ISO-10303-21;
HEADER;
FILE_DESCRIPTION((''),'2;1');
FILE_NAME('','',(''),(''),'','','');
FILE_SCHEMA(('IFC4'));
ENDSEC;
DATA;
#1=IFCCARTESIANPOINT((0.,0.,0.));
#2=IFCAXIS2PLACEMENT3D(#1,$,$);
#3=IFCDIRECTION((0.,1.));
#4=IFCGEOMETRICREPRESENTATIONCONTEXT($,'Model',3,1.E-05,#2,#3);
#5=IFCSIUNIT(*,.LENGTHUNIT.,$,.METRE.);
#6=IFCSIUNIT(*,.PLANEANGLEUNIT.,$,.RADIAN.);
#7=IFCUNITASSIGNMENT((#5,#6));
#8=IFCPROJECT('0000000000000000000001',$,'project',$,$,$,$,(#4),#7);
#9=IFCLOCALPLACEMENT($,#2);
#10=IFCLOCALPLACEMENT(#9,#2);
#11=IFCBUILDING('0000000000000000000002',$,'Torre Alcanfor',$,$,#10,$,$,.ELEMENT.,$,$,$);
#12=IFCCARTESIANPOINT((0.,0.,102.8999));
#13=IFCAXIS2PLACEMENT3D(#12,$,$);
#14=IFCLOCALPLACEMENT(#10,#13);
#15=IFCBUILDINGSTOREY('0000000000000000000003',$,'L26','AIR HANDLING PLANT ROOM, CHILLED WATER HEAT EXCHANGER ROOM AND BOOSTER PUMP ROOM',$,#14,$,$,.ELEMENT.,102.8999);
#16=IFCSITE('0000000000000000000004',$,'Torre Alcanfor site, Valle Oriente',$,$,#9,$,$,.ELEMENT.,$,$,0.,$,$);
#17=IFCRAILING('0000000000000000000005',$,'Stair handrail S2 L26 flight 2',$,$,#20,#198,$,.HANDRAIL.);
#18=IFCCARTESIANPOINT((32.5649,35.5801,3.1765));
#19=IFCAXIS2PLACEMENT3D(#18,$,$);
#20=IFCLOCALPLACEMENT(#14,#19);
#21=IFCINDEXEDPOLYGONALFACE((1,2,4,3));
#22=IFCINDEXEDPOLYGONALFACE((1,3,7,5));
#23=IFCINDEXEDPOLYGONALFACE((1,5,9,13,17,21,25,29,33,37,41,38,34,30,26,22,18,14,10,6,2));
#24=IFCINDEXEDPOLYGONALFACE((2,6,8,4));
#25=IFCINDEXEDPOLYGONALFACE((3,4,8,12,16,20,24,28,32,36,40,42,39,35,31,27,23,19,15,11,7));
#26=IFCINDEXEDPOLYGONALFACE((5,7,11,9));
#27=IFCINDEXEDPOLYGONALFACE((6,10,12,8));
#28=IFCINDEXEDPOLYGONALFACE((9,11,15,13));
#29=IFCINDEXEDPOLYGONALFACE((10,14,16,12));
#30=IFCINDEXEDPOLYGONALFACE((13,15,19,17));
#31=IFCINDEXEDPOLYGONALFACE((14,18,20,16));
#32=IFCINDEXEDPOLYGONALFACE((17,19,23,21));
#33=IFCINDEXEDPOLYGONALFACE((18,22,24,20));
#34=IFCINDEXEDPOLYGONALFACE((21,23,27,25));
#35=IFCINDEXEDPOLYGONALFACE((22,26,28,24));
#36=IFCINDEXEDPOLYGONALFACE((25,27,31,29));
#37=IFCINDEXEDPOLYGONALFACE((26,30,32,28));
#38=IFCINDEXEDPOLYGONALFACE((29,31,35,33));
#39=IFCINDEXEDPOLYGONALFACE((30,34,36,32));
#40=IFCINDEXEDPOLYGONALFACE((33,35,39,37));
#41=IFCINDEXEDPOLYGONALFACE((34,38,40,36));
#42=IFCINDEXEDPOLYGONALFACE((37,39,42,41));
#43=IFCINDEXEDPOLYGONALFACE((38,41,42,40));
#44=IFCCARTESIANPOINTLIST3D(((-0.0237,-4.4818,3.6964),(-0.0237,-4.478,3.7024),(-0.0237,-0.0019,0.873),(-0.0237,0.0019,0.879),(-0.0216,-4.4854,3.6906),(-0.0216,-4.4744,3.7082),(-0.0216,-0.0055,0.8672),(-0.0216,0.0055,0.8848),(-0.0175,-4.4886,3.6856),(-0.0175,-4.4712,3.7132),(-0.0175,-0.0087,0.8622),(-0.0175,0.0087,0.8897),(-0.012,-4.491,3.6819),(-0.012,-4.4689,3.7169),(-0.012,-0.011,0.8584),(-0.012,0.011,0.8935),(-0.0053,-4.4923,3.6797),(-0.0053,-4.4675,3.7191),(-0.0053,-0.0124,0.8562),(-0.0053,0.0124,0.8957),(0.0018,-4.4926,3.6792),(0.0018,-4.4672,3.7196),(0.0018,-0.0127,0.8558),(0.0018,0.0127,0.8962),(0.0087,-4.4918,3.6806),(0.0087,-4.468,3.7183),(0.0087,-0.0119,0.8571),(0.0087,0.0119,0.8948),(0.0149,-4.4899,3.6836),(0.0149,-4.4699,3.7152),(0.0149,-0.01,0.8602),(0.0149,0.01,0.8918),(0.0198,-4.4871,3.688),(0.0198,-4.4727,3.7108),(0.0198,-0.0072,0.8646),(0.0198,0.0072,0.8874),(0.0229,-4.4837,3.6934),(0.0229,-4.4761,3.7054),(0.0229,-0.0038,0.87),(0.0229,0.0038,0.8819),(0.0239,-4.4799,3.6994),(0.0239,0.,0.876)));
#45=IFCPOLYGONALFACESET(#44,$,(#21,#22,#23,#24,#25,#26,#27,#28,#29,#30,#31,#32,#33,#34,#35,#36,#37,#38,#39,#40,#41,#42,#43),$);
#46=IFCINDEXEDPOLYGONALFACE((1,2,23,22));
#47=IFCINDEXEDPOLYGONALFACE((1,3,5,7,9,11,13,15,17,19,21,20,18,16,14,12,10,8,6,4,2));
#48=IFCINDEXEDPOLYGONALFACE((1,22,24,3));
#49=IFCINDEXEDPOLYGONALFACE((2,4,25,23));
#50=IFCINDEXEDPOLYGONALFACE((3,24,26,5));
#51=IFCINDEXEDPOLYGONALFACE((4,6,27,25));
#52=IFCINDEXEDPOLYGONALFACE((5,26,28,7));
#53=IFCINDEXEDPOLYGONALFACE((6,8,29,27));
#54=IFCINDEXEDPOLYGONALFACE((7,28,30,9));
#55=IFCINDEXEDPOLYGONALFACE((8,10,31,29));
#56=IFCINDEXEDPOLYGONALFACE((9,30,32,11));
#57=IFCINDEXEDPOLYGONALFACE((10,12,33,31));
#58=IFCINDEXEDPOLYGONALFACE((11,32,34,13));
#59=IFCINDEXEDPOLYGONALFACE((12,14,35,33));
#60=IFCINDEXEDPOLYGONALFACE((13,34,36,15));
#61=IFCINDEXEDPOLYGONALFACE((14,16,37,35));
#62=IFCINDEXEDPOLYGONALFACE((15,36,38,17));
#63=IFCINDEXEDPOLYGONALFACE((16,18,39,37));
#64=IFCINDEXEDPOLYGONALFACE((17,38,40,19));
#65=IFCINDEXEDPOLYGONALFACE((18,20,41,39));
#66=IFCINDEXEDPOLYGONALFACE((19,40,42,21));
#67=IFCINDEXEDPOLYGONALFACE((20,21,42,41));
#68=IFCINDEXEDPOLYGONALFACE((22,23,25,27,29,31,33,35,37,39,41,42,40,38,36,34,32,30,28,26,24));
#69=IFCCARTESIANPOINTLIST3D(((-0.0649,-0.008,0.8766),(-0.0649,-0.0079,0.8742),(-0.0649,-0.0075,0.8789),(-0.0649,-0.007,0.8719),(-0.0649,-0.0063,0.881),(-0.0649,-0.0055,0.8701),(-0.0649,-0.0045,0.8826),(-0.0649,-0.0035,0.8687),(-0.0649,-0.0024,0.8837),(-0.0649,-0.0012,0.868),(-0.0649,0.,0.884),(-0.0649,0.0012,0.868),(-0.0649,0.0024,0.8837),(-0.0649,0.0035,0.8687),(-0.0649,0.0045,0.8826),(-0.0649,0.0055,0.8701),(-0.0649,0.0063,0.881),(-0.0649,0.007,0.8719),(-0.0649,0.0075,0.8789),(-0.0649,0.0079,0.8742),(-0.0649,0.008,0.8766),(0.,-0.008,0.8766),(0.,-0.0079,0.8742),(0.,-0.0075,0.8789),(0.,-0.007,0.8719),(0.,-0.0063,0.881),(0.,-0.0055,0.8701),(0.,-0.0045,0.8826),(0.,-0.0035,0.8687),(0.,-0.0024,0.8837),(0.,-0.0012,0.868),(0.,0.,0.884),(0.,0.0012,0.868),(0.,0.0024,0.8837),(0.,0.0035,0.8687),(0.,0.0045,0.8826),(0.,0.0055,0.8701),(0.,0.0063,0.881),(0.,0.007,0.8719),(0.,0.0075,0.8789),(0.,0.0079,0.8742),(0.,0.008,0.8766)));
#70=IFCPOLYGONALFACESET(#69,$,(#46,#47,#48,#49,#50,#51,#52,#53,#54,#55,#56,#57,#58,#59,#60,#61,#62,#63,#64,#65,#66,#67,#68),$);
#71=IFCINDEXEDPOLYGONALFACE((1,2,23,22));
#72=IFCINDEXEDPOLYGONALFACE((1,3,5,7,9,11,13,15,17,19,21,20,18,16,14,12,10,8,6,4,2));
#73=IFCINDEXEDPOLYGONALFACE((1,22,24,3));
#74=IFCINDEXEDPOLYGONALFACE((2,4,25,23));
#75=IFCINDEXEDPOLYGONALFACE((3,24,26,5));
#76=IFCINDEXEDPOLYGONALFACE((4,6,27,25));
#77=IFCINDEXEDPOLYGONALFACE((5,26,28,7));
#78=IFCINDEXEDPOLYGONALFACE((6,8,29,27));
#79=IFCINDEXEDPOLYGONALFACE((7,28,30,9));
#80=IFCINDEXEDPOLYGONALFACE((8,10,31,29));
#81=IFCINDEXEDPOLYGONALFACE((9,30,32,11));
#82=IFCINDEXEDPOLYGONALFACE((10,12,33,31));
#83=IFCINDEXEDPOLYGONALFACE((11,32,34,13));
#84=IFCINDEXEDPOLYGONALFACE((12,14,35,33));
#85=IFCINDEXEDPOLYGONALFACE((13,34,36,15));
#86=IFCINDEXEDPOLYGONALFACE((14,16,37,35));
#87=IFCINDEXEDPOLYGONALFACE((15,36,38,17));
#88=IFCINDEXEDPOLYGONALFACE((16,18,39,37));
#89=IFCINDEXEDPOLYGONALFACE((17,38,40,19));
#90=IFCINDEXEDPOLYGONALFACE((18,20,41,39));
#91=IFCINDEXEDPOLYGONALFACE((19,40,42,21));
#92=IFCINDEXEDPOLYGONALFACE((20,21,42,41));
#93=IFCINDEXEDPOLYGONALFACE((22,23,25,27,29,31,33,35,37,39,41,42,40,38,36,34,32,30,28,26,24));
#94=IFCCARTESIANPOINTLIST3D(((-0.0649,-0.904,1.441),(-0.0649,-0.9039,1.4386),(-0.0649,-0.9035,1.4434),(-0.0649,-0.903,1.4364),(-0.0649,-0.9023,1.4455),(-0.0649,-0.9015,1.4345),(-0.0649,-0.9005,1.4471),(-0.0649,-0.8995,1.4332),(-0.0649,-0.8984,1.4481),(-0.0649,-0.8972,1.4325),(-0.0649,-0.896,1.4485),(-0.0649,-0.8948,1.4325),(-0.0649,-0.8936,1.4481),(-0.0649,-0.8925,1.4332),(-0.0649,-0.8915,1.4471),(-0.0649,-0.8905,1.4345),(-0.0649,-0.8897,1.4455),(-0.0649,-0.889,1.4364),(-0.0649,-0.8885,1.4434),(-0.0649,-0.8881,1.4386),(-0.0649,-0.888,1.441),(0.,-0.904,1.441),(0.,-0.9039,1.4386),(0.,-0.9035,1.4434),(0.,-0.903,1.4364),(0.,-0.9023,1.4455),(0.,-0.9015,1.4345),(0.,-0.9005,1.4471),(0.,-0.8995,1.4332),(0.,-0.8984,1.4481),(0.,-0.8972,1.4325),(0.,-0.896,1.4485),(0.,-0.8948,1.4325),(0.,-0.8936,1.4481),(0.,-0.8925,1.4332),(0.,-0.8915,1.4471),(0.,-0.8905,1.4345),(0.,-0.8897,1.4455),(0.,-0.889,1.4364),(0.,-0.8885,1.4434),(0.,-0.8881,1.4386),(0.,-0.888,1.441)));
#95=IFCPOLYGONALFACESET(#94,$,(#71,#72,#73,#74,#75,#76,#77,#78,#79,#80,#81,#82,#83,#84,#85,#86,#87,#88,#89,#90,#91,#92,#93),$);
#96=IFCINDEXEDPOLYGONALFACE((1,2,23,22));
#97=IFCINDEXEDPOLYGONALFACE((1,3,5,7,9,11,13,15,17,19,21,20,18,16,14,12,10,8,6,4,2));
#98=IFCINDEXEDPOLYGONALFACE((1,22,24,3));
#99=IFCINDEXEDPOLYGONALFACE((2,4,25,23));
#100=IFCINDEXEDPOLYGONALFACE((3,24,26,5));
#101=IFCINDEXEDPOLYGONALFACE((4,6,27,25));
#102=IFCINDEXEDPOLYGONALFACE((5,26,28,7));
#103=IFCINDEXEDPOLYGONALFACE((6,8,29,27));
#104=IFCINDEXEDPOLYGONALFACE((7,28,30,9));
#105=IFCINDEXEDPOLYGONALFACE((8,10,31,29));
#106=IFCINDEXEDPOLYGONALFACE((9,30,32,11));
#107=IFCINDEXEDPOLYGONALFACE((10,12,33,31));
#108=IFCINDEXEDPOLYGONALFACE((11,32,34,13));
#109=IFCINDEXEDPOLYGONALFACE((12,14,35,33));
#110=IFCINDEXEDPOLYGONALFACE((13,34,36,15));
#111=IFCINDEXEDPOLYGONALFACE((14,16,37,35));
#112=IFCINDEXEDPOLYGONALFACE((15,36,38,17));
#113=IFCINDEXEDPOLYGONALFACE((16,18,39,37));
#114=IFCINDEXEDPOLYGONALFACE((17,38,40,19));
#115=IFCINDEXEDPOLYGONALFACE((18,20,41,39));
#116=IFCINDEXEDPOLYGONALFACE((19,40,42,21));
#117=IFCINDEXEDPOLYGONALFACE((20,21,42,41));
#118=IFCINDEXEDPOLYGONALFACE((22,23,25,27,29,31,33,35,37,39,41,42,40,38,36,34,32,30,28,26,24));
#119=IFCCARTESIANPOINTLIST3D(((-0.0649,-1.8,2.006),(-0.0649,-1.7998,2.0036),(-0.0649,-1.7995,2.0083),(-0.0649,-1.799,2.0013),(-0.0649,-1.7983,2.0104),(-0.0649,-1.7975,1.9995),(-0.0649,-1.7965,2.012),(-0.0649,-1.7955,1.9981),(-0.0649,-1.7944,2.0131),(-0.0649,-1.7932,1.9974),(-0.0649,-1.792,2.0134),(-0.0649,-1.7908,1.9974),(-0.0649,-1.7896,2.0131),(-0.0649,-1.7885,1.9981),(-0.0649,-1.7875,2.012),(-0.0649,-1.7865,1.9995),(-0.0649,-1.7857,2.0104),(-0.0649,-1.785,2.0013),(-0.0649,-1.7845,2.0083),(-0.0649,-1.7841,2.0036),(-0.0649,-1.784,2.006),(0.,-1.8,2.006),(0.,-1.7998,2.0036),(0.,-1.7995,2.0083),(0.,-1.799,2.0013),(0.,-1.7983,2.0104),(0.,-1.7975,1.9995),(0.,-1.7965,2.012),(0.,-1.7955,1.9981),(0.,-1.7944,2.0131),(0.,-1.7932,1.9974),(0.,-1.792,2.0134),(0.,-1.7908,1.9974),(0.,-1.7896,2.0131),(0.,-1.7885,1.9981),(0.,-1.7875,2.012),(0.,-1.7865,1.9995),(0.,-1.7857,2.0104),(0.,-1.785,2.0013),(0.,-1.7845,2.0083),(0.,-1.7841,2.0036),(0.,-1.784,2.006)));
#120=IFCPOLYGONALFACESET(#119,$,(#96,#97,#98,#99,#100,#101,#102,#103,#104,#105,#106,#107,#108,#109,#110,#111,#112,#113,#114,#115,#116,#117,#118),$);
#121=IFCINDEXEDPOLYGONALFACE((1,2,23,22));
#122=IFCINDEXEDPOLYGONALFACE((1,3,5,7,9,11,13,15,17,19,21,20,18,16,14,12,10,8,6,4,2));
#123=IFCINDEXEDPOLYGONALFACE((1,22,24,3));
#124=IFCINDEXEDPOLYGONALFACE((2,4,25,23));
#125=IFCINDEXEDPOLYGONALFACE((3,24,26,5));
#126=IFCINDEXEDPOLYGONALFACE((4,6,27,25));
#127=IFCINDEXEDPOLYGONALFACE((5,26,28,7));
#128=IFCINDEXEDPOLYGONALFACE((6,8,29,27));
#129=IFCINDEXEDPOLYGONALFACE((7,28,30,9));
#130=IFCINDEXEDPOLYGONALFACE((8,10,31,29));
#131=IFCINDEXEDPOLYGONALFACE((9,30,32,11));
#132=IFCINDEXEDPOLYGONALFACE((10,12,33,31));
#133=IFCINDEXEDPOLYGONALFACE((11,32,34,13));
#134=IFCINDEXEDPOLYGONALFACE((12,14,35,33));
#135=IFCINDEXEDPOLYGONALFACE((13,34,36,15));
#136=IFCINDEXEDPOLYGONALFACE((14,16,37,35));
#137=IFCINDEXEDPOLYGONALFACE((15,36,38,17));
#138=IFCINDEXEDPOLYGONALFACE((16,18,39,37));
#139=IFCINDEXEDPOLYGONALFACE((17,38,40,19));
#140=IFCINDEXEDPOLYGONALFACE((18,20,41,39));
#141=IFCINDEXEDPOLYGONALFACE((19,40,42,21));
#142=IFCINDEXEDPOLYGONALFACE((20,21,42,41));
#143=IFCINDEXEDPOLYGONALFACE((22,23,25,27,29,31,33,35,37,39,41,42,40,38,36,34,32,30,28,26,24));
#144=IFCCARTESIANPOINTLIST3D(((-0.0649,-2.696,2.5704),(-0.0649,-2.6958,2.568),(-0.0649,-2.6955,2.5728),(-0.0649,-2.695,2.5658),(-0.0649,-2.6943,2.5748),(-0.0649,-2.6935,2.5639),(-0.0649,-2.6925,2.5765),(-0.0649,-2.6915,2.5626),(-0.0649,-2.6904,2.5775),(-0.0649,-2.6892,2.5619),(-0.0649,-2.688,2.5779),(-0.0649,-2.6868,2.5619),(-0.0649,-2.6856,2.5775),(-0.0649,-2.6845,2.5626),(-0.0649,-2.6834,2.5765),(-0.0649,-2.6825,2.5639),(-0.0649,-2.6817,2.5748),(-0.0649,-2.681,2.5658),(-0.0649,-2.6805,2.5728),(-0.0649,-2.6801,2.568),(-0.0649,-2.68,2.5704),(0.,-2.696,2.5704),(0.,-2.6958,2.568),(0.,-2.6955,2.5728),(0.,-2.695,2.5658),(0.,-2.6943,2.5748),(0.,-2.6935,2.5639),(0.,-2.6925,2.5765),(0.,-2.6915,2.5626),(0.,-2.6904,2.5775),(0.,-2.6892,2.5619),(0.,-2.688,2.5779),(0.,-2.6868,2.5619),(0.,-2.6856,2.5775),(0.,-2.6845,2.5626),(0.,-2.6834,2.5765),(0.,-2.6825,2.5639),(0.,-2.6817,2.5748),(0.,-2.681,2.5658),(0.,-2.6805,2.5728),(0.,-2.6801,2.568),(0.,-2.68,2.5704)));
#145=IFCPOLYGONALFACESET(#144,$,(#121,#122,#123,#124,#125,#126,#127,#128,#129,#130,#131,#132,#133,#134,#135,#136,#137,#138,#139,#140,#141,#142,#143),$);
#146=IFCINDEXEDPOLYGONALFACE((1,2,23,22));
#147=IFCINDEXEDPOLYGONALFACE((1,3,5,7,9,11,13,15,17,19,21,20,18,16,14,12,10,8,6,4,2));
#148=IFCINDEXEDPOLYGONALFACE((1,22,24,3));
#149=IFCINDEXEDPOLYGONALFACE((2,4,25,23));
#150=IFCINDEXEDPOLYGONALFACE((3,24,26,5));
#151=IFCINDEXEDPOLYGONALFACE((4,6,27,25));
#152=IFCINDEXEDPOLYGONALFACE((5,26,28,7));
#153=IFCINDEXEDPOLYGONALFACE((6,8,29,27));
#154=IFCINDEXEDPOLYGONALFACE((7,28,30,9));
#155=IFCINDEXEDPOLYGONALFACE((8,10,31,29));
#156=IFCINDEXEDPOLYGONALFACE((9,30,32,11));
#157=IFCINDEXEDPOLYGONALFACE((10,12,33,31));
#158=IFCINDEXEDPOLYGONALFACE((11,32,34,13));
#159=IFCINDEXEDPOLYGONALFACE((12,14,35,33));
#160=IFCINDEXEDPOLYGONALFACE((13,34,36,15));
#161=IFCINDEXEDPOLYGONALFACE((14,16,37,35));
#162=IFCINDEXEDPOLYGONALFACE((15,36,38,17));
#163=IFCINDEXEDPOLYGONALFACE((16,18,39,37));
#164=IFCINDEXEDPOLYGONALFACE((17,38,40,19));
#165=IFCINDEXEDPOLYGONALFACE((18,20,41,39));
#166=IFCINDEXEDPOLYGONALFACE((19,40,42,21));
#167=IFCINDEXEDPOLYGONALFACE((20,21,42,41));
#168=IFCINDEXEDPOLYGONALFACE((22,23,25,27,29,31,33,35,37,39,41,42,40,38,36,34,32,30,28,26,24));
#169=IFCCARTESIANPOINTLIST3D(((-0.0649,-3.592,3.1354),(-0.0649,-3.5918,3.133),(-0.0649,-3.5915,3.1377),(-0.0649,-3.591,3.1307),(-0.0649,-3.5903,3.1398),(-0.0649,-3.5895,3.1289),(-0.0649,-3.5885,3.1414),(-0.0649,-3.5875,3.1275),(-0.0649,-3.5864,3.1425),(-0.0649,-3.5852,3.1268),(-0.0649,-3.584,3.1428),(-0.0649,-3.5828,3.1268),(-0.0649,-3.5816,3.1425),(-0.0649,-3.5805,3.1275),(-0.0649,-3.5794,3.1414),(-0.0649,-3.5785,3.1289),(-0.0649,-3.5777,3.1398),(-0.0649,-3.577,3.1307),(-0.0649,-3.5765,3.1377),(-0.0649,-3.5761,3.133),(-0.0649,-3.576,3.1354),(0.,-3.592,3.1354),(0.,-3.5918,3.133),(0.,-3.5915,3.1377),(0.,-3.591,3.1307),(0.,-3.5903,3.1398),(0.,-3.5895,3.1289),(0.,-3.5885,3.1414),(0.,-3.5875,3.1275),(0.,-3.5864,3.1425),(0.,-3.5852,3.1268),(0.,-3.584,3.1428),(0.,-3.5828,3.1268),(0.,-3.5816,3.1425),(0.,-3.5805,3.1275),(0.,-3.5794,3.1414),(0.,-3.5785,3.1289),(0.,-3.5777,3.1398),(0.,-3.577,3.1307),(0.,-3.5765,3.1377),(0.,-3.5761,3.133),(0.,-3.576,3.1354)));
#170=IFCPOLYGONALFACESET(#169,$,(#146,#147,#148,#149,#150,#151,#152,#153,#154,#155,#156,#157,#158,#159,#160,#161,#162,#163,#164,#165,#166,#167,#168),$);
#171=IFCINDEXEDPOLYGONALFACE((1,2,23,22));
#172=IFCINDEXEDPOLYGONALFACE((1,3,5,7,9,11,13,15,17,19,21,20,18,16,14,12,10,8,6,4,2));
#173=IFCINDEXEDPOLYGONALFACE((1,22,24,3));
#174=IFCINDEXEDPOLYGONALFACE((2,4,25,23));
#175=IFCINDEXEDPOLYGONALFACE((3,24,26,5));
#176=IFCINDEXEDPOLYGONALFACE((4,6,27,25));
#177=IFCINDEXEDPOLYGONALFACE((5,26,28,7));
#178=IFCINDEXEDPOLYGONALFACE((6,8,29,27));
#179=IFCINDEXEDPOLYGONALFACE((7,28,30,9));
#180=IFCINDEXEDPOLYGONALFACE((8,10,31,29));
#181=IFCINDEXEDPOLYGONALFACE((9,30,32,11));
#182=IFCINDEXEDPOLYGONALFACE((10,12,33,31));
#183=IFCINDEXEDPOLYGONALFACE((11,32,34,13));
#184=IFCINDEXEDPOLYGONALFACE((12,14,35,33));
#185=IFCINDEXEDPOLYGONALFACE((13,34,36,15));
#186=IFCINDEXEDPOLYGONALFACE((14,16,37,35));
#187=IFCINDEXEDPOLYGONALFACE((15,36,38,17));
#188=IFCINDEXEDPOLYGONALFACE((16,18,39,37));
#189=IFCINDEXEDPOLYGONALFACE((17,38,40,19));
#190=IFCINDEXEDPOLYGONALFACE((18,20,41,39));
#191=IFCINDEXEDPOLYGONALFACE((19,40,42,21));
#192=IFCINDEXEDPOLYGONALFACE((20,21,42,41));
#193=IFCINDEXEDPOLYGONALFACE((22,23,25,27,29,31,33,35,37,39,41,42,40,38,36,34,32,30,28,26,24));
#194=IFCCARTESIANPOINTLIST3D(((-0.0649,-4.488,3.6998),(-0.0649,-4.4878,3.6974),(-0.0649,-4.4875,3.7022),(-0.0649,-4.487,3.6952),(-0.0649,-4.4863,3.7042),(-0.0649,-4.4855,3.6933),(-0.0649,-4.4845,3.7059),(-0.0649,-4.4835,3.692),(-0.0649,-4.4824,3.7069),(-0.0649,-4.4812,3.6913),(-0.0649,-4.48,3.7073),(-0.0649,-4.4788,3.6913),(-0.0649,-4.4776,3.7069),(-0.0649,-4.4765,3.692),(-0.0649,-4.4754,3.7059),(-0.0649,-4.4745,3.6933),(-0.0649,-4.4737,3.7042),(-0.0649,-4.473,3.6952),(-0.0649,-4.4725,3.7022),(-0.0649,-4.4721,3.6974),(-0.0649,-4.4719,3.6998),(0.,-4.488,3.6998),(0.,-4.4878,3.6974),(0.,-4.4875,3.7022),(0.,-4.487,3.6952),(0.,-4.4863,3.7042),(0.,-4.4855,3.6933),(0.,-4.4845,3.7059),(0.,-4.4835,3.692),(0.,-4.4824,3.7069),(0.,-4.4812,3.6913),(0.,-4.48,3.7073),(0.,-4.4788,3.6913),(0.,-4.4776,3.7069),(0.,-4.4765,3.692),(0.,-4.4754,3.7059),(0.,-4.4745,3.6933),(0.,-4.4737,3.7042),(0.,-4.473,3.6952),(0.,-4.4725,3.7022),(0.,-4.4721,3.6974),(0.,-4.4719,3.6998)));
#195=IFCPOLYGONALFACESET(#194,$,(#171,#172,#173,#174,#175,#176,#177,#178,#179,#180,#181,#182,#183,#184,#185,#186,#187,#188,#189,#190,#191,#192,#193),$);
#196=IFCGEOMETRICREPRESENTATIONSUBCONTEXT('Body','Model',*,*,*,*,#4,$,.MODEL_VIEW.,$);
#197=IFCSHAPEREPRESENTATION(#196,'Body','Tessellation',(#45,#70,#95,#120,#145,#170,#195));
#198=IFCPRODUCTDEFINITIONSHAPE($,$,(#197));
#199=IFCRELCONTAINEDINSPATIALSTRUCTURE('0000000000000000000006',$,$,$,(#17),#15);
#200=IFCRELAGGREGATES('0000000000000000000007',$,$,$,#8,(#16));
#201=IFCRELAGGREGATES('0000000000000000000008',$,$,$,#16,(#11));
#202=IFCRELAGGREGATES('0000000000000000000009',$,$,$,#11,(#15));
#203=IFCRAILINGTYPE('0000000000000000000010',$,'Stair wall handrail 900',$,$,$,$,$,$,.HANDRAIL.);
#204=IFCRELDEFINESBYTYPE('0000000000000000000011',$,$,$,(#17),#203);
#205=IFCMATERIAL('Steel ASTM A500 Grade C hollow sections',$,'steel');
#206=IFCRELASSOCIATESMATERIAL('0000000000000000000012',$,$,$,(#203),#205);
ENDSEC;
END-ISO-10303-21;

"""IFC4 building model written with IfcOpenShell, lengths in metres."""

from ifc_helpers import new_model, si_unit, direction, frame, origin, origin_2d, place, context, subcontext, project, spatial, circle, extrude, material, type_object, element, save


model = new_model("IFC4")

# Units and contexts
model_context = context("Model", 3, precision=1e-05, world=origin(), true_north=direction((0.0, 1.0)))
body_context = subcontext(model_context, "Body", "Model", "MODEL_VIEW")
ifc_project = project(units=[si_unit("LENGTHUNIT", "METRE"), si_unit("PLANEANGLEUNIT", "RADIAN")], contexts=[model_context])

# Site, building, storey
site_placement = place(None, origin())
site = spatial("IfcSite", under=ifc_project, at=site_placement, Name="Torre Alcanfor site, Valle Oriente", CompositionType="ELEMENT", RefElevation=0.0)
building_placement = place(site_placement, origin())
building = spatial("IfcBuilding", under=site, at=building_placement, Name="Torre Alcanfor", CompositionType="ELEMENT")
storey_placement = place(building_placement, frame((0.0, 0.0, 102.8999)))
storey = spatial("IfcBuildingStorey", under=building, at=storey_placement, Name="L26", Description="AIR HANDLING PLANT ROOM, CHILLED WATER HEAT EXCHANGER ROOM AND BOOSTER PUMP ROOM", CompositionType="ELEMENT", Elevation=102.8999)

# Railing
ifc_material_1 = material(Name="Steel ASTM A500 Grade C hollow sections", Category="steel")
railing_type_1 = type_object("IfcRailingType", Name="Stair wall handrail 900", PredefinedType="HANDRAIL", material=ifc_material_1)
railing_1_placement = place(storey_placement, frame((32.5649, 35.5801, 3.1765)))
element("IfcRailing", 1, at=railing_1_placement, inside=storey, type_object=railing_type_1, Name="Stair handrail S2 L26 flight 2", PredefinedType="HANDRAIL", context=body_context, shape_type="SweptSolid", body=[
    extrude(circle(Radius=0.0239, at=origin_2d()), frame((0.0, 0.0, 0.876), z_axis=(0.0, -0.845998, 0.533186), x_axis=(1.0, 0.0, 0.0)), (0.0, 0.0, 1.0), 5.2954),
    extrude(circle(Radius=0.0081, at=origin_2d()), frame((0.0, 0.0, 0.876), z_axis=(-1.0, 0.0, 0.0), x_axis=(0.0, 0.0, 1.0)), (0.0, 0.0, 1.0), 0.0649),
    extrude(circle(Radius=0.0081, at=origin_2d()), frame((0.0, -0.896, 1.4404), z_axis=(-1.0, 0.0, 0.0), x_axis=(0.0, 0.0, 1.0)), (0.0, 0.0, 1.0), 0.0649),
    extrude(circle(Radius=0.0081, at=origin_2d()), frame((0.0, -1.792, 2.0054), z_axis=(-1.0, 0.0, 0.0), x_axis=(0.0, 0.0, 1.0)), (0.0, 0.0, 1.0), 0.0649),
    extrude(circle(Radius=0.0081, at=origin_2d()), frame((0.0, -2.688, 2.5698), z_axis=(-1.0, 0.0, 0.0), x_axis=(0.0, 0.0, 1.0)), (0.0, 0.0, 1.0), 0.0649),
    extrude(circle(Radius=0.0081, at=origin_2d()), frame((0.0, -3.584, 3.1348), z_axis=(-1.0, 0.0, 0.0), x_axis=(0.0, 0.0, 1.0)), (0.0, 0.0, 1.0), 0.0649),
    extrude(circle(Radius=0.0081, at=origin_2d()), frame((0.0, -4.48, 3.6992), z_axis=(-1.0, 0.0, 0.0), x_axis=(0.0, 0.0, 1.0)), (0.0, 0.0, 1.0), 0.0649),
])

save(model, "model.ifc")
